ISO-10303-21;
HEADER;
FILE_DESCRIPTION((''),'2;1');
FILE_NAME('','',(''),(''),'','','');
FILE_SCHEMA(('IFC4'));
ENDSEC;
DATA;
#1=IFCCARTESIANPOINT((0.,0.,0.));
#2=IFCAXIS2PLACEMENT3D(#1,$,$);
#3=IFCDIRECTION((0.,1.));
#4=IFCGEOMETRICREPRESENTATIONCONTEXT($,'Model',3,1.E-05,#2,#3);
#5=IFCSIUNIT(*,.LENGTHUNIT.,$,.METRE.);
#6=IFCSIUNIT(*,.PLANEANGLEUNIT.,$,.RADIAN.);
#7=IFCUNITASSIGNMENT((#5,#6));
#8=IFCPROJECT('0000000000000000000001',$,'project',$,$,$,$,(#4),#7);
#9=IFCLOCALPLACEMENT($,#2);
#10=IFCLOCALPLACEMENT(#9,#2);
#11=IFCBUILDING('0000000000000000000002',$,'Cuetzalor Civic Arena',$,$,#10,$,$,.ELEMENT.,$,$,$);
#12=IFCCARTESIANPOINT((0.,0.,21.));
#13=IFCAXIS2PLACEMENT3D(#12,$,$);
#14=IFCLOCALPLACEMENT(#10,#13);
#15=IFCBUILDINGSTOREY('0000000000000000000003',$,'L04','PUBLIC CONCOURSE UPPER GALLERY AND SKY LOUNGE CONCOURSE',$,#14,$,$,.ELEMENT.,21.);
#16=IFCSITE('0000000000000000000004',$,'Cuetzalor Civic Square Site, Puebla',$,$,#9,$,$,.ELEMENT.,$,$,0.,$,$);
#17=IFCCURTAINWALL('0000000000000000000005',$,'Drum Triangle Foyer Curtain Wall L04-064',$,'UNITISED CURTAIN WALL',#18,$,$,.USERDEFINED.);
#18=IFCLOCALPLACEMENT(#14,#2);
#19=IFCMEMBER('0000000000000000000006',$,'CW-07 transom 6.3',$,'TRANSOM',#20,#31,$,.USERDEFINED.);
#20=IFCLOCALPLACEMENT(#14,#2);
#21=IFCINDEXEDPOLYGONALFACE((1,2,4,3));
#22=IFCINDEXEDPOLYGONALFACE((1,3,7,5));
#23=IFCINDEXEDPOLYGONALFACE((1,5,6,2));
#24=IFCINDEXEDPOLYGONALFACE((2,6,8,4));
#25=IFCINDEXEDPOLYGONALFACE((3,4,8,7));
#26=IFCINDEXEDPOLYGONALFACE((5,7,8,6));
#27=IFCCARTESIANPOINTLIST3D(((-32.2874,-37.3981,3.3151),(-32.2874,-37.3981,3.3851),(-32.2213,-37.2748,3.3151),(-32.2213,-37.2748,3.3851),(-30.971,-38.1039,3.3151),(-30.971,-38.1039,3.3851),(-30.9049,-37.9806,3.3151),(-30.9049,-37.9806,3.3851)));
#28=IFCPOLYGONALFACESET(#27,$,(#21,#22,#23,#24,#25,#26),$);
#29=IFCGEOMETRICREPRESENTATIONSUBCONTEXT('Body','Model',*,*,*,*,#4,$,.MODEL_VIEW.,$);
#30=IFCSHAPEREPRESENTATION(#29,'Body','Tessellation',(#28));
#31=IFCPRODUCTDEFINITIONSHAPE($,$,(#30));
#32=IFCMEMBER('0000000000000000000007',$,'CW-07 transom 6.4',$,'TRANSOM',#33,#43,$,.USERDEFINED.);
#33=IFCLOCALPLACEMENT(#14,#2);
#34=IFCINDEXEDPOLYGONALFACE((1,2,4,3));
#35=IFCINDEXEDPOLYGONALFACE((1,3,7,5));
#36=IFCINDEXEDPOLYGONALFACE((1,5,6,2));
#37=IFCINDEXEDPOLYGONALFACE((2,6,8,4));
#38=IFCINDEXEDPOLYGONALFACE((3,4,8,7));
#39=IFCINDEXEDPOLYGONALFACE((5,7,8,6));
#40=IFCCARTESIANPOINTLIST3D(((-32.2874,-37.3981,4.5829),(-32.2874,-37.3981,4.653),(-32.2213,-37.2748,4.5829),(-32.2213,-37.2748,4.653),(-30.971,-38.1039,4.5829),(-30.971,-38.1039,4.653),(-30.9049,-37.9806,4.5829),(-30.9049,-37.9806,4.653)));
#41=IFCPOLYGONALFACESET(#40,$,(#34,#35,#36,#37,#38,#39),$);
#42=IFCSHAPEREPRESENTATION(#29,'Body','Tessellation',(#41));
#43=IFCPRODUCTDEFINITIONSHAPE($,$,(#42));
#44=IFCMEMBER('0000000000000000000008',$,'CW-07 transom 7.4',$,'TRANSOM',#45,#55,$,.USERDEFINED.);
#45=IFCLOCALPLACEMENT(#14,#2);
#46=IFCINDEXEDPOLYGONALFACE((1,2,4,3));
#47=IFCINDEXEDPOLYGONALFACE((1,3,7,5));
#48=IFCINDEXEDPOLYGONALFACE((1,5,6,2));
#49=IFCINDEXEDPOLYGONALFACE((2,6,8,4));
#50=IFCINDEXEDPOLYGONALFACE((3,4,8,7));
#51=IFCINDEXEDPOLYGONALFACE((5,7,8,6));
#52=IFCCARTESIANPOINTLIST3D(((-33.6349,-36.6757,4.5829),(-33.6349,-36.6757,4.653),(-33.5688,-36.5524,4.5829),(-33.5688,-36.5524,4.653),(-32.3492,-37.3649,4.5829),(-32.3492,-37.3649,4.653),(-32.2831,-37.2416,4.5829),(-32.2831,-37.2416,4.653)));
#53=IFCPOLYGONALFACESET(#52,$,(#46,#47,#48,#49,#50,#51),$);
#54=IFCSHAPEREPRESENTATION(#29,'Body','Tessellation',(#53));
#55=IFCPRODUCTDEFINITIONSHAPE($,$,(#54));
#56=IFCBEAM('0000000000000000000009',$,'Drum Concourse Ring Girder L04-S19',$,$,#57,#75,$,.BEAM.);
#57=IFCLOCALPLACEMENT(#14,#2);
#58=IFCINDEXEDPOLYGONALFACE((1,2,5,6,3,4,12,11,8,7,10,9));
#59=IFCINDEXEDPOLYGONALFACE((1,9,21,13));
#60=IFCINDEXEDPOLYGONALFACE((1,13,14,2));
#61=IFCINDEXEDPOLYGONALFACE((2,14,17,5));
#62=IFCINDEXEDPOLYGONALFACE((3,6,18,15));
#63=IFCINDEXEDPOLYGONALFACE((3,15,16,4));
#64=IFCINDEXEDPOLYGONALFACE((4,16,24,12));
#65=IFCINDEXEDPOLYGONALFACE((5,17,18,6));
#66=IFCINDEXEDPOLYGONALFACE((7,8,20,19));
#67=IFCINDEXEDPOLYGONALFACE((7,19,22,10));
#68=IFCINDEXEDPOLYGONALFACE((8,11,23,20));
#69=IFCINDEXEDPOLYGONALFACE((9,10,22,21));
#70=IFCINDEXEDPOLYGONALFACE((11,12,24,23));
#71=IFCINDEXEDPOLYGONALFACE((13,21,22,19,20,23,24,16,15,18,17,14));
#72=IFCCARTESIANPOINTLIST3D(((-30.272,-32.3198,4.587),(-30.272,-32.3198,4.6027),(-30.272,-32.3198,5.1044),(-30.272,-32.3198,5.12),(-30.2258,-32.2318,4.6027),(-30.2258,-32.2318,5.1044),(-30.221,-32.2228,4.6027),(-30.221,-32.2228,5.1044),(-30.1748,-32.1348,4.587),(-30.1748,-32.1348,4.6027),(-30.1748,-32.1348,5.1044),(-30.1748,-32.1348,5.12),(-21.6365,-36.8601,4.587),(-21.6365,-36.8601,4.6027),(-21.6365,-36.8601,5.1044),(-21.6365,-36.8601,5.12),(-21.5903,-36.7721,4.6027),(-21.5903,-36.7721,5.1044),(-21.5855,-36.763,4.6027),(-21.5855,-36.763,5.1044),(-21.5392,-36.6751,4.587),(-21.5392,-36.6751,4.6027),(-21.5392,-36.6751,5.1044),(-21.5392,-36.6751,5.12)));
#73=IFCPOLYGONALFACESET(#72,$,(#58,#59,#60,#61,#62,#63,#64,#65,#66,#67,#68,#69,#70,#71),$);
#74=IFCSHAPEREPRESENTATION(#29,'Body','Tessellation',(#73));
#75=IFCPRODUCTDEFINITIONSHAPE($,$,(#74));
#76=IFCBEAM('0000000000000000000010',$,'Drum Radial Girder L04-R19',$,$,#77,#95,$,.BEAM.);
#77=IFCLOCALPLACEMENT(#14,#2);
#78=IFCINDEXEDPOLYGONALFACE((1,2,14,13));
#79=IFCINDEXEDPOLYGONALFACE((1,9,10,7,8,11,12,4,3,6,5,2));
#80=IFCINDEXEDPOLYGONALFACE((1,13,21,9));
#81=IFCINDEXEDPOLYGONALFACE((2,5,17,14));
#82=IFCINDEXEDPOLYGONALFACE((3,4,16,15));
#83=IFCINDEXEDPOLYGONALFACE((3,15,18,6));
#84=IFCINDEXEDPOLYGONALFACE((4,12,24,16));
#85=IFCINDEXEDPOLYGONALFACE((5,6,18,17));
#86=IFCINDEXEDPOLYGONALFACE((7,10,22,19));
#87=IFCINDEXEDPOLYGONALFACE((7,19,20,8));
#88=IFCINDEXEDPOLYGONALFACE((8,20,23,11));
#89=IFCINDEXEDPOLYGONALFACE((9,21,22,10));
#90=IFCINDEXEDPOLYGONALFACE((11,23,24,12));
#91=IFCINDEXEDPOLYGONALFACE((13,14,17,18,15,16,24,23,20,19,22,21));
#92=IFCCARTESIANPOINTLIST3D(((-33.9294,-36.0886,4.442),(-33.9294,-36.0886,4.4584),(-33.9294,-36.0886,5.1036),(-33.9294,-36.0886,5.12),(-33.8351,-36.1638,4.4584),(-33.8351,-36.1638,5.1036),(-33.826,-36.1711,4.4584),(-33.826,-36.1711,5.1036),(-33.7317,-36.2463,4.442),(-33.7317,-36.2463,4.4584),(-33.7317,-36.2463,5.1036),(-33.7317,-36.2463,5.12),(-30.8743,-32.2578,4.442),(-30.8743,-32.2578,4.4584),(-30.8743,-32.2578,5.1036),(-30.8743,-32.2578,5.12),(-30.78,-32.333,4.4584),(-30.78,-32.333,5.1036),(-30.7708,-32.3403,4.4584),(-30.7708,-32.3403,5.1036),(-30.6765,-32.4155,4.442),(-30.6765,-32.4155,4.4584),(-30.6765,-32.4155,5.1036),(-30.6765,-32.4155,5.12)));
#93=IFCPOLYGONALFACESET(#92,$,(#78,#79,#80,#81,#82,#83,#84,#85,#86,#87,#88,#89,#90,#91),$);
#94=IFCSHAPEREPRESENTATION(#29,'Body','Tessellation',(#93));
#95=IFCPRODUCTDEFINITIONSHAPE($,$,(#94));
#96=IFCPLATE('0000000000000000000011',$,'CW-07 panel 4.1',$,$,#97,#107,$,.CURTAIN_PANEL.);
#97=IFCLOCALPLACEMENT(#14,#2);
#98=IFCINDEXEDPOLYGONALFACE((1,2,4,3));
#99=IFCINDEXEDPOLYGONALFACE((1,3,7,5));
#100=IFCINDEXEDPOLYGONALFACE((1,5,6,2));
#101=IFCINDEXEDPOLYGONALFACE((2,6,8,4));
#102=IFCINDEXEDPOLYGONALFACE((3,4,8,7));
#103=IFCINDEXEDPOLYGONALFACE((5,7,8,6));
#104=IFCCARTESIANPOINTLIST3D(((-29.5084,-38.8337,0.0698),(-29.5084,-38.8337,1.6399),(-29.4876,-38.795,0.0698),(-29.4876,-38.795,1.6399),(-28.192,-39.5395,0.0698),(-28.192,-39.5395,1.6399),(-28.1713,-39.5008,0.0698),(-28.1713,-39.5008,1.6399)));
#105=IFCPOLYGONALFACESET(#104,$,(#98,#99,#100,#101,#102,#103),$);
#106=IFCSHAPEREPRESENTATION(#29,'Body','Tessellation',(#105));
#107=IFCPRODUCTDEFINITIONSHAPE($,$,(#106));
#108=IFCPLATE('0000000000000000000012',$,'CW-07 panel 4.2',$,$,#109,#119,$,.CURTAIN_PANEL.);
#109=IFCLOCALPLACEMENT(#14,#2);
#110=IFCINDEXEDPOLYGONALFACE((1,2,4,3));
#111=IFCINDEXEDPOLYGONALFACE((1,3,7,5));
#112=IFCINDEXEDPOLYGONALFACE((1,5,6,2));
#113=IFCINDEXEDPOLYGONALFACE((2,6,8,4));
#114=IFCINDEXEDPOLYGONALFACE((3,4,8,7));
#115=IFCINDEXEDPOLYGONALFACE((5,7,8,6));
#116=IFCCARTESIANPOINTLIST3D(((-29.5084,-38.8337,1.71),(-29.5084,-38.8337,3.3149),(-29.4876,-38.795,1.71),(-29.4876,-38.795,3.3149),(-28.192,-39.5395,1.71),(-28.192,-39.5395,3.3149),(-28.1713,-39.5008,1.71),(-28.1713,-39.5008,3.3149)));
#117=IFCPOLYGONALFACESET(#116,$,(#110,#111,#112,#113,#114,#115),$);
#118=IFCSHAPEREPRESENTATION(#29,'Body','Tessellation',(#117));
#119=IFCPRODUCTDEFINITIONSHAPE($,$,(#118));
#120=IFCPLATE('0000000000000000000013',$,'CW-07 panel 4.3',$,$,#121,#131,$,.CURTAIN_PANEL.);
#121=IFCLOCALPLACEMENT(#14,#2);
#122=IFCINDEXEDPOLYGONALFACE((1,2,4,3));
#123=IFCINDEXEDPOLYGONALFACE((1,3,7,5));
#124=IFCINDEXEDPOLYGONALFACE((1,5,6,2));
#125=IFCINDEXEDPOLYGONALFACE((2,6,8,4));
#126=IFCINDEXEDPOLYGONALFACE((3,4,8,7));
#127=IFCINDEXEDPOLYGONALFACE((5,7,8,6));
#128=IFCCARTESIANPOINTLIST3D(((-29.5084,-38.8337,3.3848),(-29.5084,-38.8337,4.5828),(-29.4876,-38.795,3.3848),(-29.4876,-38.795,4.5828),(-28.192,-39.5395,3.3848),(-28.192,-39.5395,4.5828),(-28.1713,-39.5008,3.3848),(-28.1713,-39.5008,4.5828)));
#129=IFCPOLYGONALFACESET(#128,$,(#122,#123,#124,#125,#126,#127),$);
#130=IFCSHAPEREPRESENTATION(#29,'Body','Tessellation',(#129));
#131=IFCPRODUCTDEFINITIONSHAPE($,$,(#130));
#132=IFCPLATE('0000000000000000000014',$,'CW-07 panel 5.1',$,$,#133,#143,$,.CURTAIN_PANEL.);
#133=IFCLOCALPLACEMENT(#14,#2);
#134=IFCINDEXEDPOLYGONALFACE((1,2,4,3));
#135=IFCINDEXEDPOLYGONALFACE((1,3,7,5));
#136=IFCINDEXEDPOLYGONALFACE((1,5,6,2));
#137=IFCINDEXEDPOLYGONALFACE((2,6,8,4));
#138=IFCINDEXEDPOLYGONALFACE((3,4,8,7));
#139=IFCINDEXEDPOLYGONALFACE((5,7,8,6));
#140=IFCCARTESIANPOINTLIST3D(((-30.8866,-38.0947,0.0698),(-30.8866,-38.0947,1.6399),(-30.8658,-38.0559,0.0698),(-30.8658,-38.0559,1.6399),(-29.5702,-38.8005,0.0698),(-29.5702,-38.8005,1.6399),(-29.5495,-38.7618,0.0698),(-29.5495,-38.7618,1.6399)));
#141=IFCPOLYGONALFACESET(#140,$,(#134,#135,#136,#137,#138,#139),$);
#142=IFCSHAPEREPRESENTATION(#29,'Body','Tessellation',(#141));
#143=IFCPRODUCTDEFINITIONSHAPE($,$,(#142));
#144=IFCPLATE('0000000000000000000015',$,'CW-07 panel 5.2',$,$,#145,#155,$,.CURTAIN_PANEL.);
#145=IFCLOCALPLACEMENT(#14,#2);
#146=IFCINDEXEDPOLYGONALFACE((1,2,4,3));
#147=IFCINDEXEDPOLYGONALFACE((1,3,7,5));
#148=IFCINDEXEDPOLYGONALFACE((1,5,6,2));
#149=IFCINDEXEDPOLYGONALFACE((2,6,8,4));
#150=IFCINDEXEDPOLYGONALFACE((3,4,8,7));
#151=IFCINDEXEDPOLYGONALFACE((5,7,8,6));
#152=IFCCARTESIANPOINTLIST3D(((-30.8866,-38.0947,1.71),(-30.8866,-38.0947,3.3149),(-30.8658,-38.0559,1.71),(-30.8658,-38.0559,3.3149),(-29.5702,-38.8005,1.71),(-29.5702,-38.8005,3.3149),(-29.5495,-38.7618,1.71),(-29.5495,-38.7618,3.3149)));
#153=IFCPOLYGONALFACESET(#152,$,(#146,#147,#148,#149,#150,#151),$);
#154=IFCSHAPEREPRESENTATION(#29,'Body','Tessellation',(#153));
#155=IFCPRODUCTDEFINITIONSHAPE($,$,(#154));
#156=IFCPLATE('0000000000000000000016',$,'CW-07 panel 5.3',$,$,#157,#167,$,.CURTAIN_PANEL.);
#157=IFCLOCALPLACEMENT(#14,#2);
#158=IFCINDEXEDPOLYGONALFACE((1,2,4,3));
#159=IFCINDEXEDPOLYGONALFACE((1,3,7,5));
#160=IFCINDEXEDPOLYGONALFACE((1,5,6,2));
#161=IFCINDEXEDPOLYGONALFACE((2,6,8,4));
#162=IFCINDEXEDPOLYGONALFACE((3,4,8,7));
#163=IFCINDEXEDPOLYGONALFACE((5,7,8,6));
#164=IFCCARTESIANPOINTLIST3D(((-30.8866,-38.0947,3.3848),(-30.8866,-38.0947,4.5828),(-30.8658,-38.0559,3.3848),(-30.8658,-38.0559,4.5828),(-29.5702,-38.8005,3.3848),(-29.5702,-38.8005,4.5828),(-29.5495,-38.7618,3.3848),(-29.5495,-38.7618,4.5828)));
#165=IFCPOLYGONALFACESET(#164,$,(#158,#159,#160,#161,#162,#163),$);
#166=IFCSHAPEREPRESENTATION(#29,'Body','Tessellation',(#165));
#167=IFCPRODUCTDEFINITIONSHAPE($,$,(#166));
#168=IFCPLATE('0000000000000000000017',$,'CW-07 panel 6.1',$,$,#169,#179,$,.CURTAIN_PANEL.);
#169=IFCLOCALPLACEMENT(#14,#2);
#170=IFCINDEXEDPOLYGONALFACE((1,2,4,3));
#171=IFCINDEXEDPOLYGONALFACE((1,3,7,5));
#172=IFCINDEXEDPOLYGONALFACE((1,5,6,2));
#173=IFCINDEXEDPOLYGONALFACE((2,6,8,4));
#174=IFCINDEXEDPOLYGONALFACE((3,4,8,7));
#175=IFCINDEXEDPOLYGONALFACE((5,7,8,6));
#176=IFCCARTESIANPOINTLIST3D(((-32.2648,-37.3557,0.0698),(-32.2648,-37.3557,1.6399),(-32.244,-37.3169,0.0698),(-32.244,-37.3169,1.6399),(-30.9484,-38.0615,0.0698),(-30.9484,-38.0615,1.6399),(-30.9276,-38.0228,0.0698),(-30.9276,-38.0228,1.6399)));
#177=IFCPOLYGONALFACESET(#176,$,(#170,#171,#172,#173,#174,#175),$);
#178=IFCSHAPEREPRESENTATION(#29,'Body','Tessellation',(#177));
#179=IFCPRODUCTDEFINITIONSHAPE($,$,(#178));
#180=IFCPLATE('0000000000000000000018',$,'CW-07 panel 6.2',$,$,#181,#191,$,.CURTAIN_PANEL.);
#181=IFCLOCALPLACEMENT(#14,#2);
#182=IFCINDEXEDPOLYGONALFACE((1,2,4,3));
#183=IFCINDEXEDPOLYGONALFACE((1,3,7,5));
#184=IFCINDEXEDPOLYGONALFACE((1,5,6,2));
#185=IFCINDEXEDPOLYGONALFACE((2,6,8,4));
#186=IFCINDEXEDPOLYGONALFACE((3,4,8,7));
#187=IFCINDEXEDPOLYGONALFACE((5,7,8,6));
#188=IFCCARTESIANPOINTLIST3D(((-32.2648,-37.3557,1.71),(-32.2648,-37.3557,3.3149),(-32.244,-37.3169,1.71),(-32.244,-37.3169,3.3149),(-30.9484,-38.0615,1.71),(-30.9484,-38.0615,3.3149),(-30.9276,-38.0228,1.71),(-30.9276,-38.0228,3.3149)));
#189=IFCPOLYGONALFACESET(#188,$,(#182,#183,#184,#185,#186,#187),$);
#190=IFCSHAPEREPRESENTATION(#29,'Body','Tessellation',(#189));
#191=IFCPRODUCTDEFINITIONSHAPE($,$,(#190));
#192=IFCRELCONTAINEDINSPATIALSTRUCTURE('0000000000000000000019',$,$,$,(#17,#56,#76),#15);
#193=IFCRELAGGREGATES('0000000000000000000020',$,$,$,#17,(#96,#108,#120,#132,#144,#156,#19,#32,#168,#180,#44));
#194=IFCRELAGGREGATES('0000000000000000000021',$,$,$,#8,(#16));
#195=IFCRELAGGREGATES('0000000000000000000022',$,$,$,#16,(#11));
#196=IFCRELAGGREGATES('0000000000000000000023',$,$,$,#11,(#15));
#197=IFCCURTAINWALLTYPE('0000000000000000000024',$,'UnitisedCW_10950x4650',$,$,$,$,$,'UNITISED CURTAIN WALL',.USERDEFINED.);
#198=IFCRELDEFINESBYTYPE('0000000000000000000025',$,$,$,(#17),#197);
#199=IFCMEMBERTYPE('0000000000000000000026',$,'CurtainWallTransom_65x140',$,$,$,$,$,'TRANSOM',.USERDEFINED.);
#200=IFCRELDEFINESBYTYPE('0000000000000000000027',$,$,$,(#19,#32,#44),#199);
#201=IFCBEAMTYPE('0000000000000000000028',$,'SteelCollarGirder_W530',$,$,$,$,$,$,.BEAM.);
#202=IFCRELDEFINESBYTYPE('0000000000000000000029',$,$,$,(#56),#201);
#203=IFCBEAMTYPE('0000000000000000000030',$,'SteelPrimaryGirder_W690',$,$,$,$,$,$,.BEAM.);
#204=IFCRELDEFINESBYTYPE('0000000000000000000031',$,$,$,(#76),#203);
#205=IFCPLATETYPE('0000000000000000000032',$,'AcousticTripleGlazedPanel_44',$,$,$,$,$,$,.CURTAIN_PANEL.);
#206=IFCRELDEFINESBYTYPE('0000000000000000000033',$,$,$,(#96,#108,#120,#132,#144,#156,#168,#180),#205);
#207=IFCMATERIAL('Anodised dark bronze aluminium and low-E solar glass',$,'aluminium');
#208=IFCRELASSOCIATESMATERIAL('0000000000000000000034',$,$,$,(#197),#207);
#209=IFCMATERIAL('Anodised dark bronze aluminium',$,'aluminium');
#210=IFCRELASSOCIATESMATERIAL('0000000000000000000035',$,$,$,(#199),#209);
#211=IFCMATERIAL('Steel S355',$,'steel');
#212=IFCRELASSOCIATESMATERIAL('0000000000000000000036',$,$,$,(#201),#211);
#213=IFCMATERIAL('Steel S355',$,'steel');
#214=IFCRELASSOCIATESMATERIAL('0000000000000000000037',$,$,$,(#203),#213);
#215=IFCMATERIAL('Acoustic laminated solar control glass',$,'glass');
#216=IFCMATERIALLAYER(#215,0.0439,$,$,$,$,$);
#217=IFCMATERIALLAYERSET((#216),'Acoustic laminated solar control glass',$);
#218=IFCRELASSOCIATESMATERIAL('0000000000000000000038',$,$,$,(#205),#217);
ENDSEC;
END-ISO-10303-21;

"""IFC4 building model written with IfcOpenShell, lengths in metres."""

from ifc_helpers import new_model, si_unit, direction, frame, origin, origin_2d, place, context, subcontext, project, spatial, rectangle, i_section, extrude, material, layer, layer_set, material_profile, profile_set, type_object, element, aggregate, save


model = new_model("IFC4")

# Units and contexts
model_context = context("Model", 3, precision=1e-05, world=origin(), true_north=direction((0.0, 1.0)))
body_context = subcontext(model_context, "Body", "Model", "MODEL_VIEW")
ifc_project = project(units=[si_unit("LENGTHUNIT", "METRE"), si_unit("PLANEANGLEUNIT", "RADIAN")], contexts=[model_context])

# Site, building, storey
site_placement = place(None, origin())
site = spatial("IfcSite", under=ifc_project, at=site_placement, Name="Cuetzalor Civic Square Site, Puebla", CompositionType="ELEMENT", RefElevation=0.0)
building_placement = place(site_placement, origin())
building = spatial("IfcBuilding", under=site, at=building_placement, Name="Cuetzalor Civic Arena", CompositionType="ELEMENT")
storey_placement = place(building_placement, frame((0.0, 0.0, 21.0)))
storey = spatial("IfcBuildingStorey", under=building, at=storey_placement, Name="L04", Description="PUBLIC CONCOURSE UPPER GALLERY AND SKY LOUNGE CONCOURSE", CompositionType="ELEMENT", Elevation=21.0)

# Curtain wall, members
ifc_material_1 = material(Name="Anodised dark bronze aluminium and low-E solar glass", Category="aluminium")
curtain_wall_type = type_object("IfcCurtainWallType", Name="UnitisedCW_10950x4650", ElementType="UNITISED CURTAIN WALL", PredefinedType="USERDEFINED", material=ifc_material_1)
curtain_wall_placement = place(storey_placement, origin())
curtain_wall = element("IfcCurtainWall", 1, at=curtain_wall_placement, inside=storey, type_object=curtain_wall_type, Name="Drum Triangle Foyer Curtain Wall L04-064", ObjectType="UNITISED CURTAIN WALL", PredefinedType="USERDEFINED")
ifc_material_2 = material(Name="Anodised dark bronze aluminium", Category="aluminium")
ifc_material_profile_1 = material_profile(ifc_material_2, rectangle(XDim=0.1399, YDim=0.0701, at=origin_2d()), Name="ALU TRANSOM 70x140")
ifc_profile_set_1 = profile_set([ifc_material_profile_1], Name="Anodised dark bronze aluminium")
member_type_1 = type_object("IfcMemberType", Name="CurtainWallTransom_65x140", ElementType="TRANSOM", PredefinedType="USERDEFINED", material=ifc_profile_set_1)
member_1_placement = place(storey_placement, frame((-30.938, -38.0422, 3.3501), z_axis=(-0.881315, 0.47253, 0.0), x_axis=(-0.47253, -0.881315, 0.0)))
member_1 = element("IfcMember", 2, at=member_1_placement, type_object=member_type_1, Name="CW-07 transom 6.3", ObjectType="TRANSOM", PredefinedType="USERDEFINED", context=body_context, shape_type="SweptSolid", body=[
    extrude(rectangle(XDim=0.1399, YDim=0.0701, at=origin_2d()), origin(), (0.0, 0.0, 1.0), 1.4937),
])
member_2_placement = place(storey_placement, frame((-30.938, -38.0422, 4.6179), z_axis=(-0.881315, 0.47253, 0.0), x_axis=(-0.47253, -0.881315, 0.0)))
member_2 = element("IfcMember", 3, at=member_2_placement, type_object=member_type_1, Name="CW-07 transom 6.4", ObjectType="TRANSOM", PredefinedType="USERDEFINED", context=body_context, shape_type="SweptSolid", body=[
    extrude(rectangle(XDim=0.1399, YDim=0.0701, at=origin_2d()), origin(), (0.0, 0.0, 1.0), 1.4937),
])
member_3_placement = place(storey_placement, frame((-32.3162, -37.3032, 4.6179), z_axis=(-0.881346, 0.472472, 0.0), x_axis=(-0.472472, -0.881346, 0.0)))
member_3 = element("IfcMember", 4, at=member_3_placement, type_object=member_type_1, Name="CW-07 transom 7.4", ObjectType="TRANSOM", PredefinedType="USERDEFINED", context=body_context, shape_type="SweptSolid", body=[
    extrude(rectangle(XDim=0.1399, YDim=0.0701, at=origin_2d()), origin(), (0.0, 0.0, 1.0), 1.4587),
])

# Beams
ifc_material_3 = material(Name="Steel S355", Category="steel")
ifc_material_profile_2 = material_profile(ifc_material_3, i_section(OverallWidth=0.209, OverallDepth=0.533, WebThickness=0.0103, FlangeThickness=0.0156, at=origin_2d()), Name="W530x92")
ifc_profile_set_2 = profile_set([ifc_material_profile_2], Name="Steel S355")
beam_type_1 = type_object("IfcBeamType", Name="SteelCollarGirder_W530", PredefinedType="BEAM", material=ifc_profile_set_2)
beam_1_placement = place(storey_placement, frame((-30.2234, -32.2273, 4.8535), z_axis=(0.885117, -0.465368, 0.0), x_axis=(0.465368, 0.885117, 0.0)))
element("IfcBeam", 5, at=beam_1_placement, inside=storey, type_object=beam_type_1, Name="Drum Concourse Ring Girder L04-S19", PredefinedType="BEAM", context=body_context, shape_type="SweptSolid", body=[
    extrude(i_section(OverallWidth=0.209, OverallDepth=0.533, WebThickness=0.0103, FlangeThickness=0.0156, at=origin_2d()), origin(), (0.0, 0.0, 1.0), 9.7563),
])
ifc_material_4 = material(Name="Steel S355", Category="steel")
ifc_material_profile_3 = material_profile(ifc_material_4, i_section(OverallWidth=0.2529, OverallDepth=0.678, WebThickness=0.0117, FlangeThickness=0.0164, at=origin_2d()), Name="W690x125")
ifc_profile_set_3 = profile_set([ifc_material_profile_3], Name="Steel S355")
beam_type_2 = type_object("IfcBeamType", Name="SteelPrimaryGirder_W690", PredefinedType="BEAM", material=ifc_profile_set_3)
beam_2_placement = place(storey_placement, frame((-30.7754, -32.3367, 4.781), z_axis=(-0.623516, -0.781811, 0.0), x_axis=(0.781811, -0.623516, 0.0)))
element("IfcBeam", 6, at=beam_2_placement, inside=storey, type_object=beam_type_2, Name="Drum Radial Girder L04-R19", PredefinedType="BEAM", context=body_context, shape_type="SweptSolid", body=[
    extrude(i_section(OverallWidth=0.2529, OverallDepth=0.678, WebThickness=0.0117, FlangeThickness=0.0164, at=origin_2d()), origin(), (0.0, 0.0, 1.0), 4.8999),
])

# Plates
ifc_material_5 = material(Name="Acoustic laminated solar control glass", Category="glass")
ifc_layer = layer(ifc_material_5, 0.0439)
ifc_layer_set = layer_set([ifc_layer], Name="Acoustic laminated solar control glass")
plate_type = type_object("IfcPlateType", Name="AcousticTripleGlazedPanel_44", PredefinedType="CURTAIN_PANEL", material=ifc_layer_set)
plate_1_placement = place(storey_placement, frame((-28.8398, -39.1672, 0.0698), z_axis=(0.0, 0.0, 1.0), x_axis=(-0.881306, 0.472545, 0.0)))
plate_1 = element("IfcPlate", 7, at=plate_1_placement, type_object=plate_type, Name="CW-07 panel 4.1", PredefinedType="CURTAIN_PANEL", context=body_context, shape_type="SweptSolid", body=[
    extrude(rectangle(XDim=1.4937, YDim=0.0439, at=origin_2d()), origin(), (0.0, 0.0, 1.0), 1.5701),
])
plate_2_placement = place(storey_placement, frame((-28.8398, -39.1672, 1.71), z_axis=(0.0, 0.0, 1.0), x_axis=(-0.881306, 0.472545, 0.0)))
plate_2 = element("IfcPlate", 8, at=plate_2_placement, type_object=plate_type, Name="CW-07 panel 4.2", PredefinedType="CURTAIN_PANEL", context=body_context, shape_type="SweptSolid", body=[
    extrude(rectangle(XDim=1.4937, YDim=0.0439, at=origin_2d()), origin(), (0.0, 0.0, 1.0), 1.605),
])
plate_3_placement = place(storey_placement, frame((-28.8398, -39.1672, 3.3848), z_axis=(0.0, 0.0, 1.0), x_axis=(-0.881306, 0.472545, 0.0)))
plate_3 = element("IfcPlate", 9, at=plate_3_placement, type_object=plate_type, Name="CW-07 panel 4.3", PredefinedType="CURTAIN_PANEL", context=body_context, shape_type="SweptSolid", body=[
    extrude(rectangle(XDim=1.4937, YDim=0.0439, at=origin_2d()), origin(), (0.0, 0.0, 1.0), 1.198),
])
plate_4_placement = place(storey_placement, frame((-30.218, -38.4282, 0.0698), z_axis=(0.0, 0.0, 1.0), x_axis=(-0.881306, 0.472545, 0.0)))
plate_4 = element("IfcPlate", 10, at=plate_4_placement, type_object=plate_type, Name="CW-07 panel 5.1", PredefinedType="CURTAIN_PANEL", context=body_context, shape_type="SweptSolid", body=[
    extrude(rectangle(XDim=1.4937, YDim=0.0439, at=origin_2d()), origin(), (0.0, 0.0, 1.0), 1.5701),
])
plate_5_placement = place(storey_placement, frame((-30.218, -38.4282, 1.71), z_axis=(0.0, 0.0, 1.0), x_axis=(-0.881306, 0.472545, 0.0)))
plate_5 = element("IfcPlate", 11, at=plate_5_placement, type_object=plate_type, Name="CW-07 panel 5.2", PredefinedType="CURTAIN_PANEL", context=body_context, shape_type="SweptSolid", body=[
    extrude(rectangle(XDim=1.4937, YDim=0.0439, at=origin_2d()), origin(), (0.0, 0.0, 1.0), 1.605),
])
plate_6_placement = place(storey_placement, frame((-30.218, -38.4282, 3.3848), z_axis=(0.0, 0.0, 1.0), x_axis=(-0.881306, 0.472545, 0.0)))
plate_6 = element("IfcPlate", 12, at=plate_6_placement, type_object=plate_type, Name="CW-07 panel 5.3", PredefinedType="CURTAIN_PANEL", context=body_context, shape_type="SweptSolid", body=[
    extrude(rectangle(XDim=1.4937, YDim=0.0439, at=origin_2d()), origin(), (0.0, 0.0, 1.0), 1.198),
])
plate_7_placement = place(storey_placement, frame((-31.5962, -37.6892, 0.0698), z_axis=(0.0, 0.0, 1.0), x_axis=(-0.881306, 0.472545, 0.0)))
plate_7 = element("IfcPlate", 13, at=plate_7_placement, type_object=plate_type, Name="CW-07 panel 6.1", PredefinedType="CURTAIN_PANEL", context=body_context, shape_type="SweptSolid", body=[
    extrude(rectangle(XDim=1.4937, YDim=0.0439, at=origin_2d()), origin(), (0.0, 0.0, 1.0), 1.5701),
])
plate_8_placement = place(storey_placement, frame((-31.5962, -37.6892, 1.71), z_axis=(0.0, 0.0, 1.0), x_axis=(-0.881306, 0.472545, 0.0)))
plate_8 = element("IfcPlate", 14, at=plate_8_placement, type_object=plate_type, Name="CW-07 panel 6.2", PredefinedType="CURTAIN_PANEL", context=body_context, shape_type="SweptSolid", body=[
    extrude(rectangle(XDim=1.4937, YDim=0.0439, at=origin_2d()), origin(), (0.0, 0.0, 1.0), 1.605),
])
aggregate(curtain_wall, [plate_1, plate_2, plate_3, plate_4, plate_5, plate_6, member_1, member_2, plate_7, plate_8, member_3])

save(model, "model.ifc")
